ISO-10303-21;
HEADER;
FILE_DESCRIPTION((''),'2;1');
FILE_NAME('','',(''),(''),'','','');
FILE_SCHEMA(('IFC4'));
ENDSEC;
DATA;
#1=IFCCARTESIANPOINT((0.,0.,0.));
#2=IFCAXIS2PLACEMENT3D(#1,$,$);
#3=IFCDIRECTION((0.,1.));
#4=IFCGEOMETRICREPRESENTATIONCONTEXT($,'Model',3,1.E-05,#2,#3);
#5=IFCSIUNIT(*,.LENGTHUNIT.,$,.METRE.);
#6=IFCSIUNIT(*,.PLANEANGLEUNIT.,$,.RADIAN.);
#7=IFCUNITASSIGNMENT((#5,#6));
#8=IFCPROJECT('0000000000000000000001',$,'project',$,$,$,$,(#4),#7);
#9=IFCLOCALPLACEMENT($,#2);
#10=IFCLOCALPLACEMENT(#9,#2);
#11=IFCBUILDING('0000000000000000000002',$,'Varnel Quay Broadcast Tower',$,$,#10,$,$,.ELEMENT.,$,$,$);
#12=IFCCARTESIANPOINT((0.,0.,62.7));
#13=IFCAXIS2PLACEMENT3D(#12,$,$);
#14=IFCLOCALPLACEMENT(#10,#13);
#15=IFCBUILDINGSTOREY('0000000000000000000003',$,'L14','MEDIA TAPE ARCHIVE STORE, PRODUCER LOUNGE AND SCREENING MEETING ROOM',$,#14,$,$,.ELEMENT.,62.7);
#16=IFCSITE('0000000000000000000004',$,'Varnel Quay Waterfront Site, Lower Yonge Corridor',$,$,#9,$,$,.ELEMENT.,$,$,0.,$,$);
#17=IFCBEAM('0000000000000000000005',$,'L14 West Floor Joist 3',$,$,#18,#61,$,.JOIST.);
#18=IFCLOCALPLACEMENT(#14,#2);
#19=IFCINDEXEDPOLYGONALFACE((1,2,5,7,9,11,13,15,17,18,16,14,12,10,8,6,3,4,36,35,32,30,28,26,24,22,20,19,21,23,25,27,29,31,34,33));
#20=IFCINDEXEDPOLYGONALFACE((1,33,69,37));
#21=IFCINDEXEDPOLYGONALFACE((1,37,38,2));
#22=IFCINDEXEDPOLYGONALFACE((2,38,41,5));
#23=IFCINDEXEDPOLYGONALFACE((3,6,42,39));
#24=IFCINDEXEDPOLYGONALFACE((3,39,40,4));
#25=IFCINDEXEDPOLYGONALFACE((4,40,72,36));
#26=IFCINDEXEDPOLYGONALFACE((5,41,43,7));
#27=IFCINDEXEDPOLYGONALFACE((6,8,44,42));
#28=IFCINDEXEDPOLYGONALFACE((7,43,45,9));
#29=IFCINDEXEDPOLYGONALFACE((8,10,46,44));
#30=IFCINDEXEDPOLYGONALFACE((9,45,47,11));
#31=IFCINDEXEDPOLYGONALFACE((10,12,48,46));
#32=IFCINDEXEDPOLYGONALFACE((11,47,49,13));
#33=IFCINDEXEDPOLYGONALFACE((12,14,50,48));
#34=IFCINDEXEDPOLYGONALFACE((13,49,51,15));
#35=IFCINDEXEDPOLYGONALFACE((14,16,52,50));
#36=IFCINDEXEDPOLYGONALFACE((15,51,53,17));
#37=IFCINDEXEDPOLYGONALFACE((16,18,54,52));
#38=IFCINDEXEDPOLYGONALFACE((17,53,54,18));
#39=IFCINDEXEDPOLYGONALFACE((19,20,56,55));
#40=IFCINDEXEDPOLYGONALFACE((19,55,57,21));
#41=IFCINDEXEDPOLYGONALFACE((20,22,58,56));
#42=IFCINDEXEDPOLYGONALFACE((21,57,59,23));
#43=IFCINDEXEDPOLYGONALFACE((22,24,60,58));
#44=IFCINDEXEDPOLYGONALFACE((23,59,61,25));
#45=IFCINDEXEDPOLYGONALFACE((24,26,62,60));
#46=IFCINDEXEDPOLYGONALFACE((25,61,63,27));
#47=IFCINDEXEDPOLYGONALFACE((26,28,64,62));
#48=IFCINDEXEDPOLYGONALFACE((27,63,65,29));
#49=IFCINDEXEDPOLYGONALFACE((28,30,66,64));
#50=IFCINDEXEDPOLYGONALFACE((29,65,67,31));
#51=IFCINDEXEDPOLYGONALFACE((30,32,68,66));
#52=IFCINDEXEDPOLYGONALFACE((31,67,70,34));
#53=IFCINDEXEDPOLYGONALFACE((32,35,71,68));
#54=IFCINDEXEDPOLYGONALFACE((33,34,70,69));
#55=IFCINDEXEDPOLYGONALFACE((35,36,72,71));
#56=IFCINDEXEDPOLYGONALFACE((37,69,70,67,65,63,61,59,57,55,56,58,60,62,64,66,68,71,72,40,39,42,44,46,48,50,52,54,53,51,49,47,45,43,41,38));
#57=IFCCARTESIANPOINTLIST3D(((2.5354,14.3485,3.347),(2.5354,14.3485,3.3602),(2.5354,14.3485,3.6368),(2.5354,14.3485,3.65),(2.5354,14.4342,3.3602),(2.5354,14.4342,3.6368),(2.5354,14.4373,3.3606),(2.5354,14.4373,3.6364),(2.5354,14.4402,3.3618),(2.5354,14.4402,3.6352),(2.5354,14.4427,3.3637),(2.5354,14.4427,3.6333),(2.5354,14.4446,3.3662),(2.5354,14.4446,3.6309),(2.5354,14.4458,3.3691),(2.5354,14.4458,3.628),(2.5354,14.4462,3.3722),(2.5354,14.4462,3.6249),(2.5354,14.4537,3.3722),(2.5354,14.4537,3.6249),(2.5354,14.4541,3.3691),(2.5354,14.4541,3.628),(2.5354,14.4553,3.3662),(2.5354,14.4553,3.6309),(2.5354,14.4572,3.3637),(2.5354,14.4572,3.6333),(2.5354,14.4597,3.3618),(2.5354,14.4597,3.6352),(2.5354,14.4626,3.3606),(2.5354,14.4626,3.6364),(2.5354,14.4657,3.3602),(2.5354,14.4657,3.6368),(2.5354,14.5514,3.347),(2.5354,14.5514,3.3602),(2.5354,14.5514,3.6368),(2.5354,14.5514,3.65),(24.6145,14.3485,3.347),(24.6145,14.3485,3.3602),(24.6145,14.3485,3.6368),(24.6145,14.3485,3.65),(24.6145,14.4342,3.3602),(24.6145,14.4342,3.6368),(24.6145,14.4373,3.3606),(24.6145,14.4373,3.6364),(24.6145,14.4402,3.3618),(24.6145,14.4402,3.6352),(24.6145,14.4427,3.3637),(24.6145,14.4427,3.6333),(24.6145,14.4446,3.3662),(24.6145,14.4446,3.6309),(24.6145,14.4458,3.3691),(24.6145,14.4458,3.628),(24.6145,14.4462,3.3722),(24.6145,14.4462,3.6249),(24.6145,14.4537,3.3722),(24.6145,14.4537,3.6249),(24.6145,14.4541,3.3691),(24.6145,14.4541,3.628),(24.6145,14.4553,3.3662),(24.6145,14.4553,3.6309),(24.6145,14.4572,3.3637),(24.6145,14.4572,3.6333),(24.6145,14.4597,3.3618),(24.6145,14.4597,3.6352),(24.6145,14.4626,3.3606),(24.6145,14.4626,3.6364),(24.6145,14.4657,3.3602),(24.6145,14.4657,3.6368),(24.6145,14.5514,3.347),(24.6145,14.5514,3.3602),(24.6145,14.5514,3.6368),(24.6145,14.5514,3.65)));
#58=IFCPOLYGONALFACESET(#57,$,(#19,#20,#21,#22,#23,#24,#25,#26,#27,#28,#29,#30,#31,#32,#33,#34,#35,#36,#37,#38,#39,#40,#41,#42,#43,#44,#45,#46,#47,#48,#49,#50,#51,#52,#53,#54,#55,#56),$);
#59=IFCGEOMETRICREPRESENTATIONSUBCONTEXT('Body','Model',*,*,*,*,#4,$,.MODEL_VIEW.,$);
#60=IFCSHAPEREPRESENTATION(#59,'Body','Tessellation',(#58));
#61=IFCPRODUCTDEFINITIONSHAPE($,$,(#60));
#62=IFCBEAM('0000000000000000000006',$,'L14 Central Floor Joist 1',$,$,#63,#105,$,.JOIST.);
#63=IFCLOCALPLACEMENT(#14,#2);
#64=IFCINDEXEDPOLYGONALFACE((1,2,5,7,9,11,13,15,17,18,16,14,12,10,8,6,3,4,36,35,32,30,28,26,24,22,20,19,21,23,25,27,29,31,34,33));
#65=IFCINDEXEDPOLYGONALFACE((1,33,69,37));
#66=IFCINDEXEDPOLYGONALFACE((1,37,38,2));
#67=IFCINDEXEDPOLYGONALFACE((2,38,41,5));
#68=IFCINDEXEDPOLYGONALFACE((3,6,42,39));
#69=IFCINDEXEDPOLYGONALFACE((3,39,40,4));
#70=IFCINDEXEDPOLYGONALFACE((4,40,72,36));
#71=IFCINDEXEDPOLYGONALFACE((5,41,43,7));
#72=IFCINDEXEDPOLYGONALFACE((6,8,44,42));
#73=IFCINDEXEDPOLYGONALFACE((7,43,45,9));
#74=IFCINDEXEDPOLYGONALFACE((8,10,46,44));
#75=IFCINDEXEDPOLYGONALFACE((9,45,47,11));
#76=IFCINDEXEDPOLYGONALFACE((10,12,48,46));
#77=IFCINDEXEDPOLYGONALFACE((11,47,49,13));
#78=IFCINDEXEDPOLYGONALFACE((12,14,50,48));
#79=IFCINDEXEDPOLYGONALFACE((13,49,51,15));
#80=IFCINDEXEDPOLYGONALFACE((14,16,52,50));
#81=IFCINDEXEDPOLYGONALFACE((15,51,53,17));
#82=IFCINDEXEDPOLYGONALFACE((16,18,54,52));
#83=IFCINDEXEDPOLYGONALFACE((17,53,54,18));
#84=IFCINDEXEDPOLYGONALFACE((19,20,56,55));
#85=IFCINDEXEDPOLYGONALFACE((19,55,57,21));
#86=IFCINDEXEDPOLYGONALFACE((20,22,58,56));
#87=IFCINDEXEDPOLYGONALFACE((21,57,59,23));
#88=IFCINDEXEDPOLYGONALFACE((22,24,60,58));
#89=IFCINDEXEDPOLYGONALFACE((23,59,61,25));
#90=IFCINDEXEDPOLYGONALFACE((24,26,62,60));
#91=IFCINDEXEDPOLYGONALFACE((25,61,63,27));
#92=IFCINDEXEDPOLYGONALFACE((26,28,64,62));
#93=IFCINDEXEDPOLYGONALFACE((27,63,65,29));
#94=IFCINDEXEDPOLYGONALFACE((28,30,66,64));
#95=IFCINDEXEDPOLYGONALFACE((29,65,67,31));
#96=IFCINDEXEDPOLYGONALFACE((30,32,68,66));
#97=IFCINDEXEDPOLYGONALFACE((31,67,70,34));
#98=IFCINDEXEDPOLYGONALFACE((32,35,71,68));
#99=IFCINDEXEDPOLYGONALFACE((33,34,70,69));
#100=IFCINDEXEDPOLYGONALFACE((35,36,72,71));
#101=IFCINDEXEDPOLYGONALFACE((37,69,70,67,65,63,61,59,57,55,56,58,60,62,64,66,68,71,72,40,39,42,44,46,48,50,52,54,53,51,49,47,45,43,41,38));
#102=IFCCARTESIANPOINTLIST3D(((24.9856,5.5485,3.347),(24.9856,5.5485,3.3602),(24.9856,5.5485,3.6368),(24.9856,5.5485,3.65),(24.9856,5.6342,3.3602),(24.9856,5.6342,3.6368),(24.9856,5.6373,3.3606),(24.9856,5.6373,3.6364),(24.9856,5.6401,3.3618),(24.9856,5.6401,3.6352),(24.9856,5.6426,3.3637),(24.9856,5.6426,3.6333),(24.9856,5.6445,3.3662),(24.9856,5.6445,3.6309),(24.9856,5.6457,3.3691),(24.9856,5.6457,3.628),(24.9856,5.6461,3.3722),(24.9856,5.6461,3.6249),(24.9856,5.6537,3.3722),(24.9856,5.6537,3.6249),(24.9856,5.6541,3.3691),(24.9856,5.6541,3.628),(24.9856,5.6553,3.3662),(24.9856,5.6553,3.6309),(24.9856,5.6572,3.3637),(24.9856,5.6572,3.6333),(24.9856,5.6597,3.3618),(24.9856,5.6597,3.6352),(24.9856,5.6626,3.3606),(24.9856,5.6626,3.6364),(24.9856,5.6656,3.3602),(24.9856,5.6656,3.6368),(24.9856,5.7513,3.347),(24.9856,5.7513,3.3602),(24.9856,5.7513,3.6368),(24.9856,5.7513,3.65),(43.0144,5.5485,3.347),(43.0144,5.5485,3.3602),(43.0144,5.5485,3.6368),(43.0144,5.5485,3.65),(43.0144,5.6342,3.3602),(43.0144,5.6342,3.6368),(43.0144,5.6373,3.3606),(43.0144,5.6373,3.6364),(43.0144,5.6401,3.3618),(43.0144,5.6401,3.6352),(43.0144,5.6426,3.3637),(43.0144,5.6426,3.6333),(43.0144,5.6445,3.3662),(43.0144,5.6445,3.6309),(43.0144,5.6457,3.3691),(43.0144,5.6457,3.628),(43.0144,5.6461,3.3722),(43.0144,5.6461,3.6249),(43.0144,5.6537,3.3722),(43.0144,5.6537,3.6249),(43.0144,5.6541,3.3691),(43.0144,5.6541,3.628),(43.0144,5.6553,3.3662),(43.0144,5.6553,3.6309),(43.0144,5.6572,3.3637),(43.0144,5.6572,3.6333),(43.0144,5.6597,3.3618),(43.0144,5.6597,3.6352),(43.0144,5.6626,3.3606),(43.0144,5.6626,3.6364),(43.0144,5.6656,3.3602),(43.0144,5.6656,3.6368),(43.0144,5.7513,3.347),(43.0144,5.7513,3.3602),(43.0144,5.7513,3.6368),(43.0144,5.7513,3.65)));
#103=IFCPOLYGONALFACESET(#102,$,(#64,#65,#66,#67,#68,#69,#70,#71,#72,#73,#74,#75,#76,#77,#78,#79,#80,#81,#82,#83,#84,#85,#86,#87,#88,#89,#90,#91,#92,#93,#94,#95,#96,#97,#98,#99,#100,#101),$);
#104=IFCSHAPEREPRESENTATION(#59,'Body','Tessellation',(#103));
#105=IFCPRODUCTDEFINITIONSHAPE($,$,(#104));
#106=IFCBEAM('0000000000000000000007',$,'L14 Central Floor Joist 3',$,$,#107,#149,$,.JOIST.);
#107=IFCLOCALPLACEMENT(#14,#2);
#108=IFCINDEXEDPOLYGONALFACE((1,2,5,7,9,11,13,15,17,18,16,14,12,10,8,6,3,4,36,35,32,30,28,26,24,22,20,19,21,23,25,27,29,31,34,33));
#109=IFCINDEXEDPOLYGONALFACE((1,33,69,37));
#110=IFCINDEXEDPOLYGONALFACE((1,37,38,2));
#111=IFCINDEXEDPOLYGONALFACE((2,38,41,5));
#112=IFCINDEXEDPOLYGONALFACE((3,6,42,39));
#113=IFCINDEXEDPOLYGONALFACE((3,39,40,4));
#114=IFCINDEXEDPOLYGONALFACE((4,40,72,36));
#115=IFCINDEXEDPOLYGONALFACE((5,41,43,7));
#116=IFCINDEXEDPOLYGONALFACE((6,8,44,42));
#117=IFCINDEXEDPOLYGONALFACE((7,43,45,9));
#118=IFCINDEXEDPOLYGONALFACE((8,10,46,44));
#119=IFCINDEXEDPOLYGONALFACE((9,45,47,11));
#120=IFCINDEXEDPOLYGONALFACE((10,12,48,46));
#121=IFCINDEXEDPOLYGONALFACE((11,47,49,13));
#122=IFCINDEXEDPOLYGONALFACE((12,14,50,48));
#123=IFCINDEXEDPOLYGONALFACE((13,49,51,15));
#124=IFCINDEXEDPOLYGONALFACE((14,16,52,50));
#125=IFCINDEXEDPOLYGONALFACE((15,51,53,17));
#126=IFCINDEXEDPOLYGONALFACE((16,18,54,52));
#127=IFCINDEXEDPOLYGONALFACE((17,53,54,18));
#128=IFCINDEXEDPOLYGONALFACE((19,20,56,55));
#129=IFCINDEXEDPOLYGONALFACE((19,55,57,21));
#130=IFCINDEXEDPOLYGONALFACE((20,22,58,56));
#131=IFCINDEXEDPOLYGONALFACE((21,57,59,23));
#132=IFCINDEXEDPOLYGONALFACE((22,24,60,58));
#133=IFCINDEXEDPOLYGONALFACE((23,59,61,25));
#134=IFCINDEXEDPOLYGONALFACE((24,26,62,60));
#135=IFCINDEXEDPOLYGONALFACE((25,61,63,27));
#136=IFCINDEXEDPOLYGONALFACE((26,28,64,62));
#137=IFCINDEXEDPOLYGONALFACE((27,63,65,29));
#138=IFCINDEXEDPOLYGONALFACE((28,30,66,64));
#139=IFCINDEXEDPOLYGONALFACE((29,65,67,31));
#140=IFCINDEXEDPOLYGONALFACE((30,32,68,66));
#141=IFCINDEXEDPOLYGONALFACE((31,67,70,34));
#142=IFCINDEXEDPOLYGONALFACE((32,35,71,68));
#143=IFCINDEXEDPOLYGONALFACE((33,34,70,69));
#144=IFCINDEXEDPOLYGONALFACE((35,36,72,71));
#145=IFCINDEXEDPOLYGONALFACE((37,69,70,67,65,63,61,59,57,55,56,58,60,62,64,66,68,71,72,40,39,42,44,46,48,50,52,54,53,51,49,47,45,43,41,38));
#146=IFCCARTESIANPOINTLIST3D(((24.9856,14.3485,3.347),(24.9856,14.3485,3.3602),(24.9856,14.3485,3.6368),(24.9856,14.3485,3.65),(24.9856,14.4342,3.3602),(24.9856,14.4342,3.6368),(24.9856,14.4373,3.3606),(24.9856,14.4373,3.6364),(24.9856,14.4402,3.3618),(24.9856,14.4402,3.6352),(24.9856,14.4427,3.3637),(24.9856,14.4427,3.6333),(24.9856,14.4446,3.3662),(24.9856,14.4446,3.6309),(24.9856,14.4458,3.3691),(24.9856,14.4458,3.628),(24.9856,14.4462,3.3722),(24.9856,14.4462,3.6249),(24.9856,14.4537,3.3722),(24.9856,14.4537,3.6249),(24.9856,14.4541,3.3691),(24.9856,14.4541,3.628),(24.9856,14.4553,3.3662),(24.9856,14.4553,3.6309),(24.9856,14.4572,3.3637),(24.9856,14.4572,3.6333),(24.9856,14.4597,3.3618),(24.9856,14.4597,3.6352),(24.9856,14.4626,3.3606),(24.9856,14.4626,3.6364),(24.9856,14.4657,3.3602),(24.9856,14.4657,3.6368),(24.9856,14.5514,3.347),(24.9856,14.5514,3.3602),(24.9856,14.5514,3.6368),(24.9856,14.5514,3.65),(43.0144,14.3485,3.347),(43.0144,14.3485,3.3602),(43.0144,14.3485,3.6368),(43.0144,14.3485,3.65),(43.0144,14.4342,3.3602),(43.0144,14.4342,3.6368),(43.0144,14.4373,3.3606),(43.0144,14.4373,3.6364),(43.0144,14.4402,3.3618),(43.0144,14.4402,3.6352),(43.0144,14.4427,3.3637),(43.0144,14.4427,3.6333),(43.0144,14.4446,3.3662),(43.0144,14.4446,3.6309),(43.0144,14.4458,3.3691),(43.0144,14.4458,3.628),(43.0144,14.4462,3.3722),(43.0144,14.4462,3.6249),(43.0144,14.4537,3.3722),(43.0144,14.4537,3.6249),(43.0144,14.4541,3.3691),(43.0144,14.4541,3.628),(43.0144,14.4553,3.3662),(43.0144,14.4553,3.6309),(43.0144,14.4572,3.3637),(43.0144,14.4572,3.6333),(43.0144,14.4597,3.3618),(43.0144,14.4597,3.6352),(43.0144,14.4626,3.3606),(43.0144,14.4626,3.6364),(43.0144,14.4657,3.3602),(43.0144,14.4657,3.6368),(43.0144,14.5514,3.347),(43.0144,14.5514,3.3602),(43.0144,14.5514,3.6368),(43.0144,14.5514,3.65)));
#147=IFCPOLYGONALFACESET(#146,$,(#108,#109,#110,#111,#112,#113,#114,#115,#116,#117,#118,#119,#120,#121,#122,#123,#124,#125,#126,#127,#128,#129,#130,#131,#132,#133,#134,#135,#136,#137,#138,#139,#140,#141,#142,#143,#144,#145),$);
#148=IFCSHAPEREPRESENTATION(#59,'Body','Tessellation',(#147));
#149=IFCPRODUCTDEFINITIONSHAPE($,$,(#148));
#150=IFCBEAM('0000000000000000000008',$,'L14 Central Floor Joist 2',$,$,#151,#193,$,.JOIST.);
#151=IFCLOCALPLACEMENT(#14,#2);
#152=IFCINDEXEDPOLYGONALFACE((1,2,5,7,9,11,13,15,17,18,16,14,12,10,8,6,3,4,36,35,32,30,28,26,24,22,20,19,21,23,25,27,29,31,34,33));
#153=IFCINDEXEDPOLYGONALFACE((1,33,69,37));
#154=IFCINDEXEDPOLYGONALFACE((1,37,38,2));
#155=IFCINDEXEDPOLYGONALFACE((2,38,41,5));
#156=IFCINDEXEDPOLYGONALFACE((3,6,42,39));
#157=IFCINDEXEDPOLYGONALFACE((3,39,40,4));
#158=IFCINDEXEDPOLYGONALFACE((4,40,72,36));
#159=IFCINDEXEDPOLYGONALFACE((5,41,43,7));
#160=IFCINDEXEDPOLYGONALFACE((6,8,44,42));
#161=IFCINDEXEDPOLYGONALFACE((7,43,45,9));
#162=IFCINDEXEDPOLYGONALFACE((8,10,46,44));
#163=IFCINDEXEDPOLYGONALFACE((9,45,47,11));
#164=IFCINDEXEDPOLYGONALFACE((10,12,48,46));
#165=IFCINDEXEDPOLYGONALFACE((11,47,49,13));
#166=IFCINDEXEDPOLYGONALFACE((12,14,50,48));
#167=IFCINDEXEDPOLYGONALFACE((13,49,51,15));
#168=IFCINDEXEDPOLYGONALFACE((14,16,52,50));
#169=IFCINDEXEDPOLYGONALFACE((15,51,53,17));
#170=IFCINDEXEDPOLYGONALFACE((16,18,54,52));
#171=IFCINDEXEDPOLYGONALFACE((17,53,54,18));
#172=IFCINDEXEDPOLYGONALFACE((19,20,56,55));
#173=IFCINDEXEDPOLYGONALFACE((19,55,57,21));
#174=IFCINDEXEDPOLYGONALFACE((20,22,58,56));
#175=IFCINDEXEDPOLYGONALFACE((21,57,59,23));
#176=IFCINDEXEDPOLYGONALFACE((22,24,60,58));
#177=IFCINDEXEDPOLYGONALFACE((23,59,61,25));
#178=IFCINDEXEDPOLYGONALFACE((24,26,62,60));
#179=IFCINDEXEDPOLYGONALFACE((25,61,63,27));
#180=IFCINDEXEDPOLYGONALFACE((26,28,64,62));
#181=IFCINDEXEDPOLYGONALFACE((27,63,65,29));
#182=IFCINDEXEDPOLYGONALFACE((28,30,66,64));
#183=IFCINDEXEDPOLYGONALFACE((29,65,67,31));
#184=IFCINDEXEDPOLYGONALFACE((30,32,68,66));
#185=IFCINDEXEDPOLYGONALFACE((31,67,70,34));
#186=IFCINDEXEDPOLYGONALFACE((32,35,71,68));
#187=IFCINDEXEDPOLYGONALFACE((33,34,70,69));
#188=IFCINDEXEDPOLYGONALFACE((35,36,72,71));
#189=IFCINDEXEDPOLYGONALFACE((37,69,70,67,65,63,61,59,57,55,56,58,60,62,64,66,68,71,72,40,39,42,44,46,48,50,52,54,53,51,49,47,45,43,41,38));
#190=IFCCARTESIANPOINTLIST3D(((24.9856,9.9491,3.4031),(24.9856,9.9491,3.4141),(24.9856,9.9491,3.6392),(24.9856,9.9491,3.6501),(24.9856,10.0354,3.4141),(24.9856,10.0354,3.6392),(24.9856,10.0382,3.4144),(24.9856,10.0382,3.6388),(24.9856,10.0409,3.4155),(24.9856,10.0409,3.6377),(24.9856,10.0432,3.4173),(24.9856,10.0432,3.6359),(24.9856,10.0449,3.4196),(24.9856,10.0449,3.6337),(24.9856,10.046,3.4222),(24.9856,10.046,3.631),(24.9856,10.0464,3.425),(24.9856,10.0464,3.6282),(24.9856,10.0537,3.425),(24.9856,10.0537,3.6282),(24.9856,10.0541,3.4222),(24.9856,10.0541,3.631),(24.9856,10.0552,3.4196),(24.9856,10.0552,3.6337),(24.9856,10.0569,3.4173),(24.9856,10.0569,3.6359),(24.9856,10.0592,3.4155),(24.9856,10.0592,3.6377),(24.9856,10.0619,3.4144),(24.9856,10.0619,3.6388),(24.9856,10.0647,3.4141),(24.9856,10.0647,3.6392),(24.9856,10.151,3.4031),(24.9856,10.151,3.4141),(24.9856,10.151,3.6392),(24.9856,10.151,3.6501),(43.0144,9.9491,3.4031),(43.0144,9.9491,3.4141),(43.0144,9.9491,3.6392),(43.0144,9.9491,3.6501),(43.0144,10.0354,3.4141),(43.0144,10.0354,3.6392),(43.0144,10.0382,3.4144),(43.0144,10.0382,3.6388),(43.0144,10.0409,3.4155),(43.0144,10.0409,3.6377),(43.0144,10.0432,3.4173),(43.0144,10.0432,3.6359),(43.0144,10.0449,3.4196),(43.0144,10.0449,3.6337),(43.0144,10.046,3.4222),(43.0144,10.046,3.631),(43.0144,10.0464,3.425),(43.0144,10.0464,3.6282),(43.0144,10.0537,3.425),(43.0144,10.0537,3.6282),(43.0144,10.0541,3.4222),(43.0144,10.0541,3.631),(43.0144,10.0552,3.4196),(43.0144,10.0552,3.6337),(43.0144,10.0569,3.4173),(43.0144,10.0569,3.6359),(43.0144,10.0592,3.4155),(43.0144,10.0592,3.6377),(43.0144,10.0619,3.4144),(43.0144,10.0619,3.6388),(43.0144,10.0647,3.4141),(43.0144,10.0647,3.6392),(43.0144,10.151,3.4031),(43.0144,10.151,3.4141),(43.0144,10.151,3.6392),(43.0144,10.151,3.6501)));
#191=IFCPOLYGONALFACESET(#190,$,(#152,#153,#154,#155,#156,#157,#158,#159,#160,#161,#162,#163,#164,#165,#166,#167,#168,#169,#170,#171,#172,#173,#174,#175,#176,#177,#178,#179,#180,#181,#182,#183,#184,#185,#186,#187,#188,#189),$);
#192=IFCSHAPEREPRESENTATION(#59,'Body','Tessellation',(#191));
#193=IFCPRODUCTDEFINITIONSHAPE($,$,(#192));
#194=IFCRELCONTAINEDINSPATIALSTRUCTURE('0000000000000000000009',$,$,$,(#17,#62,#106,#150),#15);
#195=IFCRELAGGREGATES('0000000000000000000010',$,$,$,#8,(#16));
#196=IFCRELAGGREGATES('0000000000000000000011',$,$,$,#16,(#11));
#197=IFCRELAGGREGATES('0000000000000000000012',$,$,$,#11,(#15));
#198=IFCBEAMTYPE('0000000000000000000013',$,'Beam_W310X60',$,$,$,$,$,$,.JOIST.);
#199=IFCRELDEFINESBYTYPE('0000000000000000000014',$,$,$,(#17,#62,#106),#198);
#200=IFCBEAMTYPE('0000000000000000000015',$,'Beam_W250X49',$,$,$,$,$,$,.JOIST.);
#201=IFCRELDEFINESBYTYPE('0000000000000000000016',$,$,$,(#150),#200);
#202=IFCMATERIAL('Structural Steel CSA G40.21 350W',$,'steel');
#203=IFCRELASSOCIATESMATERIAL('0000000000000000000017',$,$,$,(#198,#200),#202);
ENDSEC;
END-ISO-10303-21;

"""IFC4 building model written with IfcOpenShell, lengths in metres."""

from ifc_helpers import new_model, si_unit, direction, frame, origin, origin_2d, place, context, subcontext, project, spatial, i_section, extrude, source, transform, mapped, material, material_profile, profile_set, type_object, type_shapes, element, save


model = new_model("IFC4")

# Units and contexts
model_context = context("Model", 3, precision=1e-05, world=origin(), true_north=direction((0.0, 1.0)))
body_context = subcontext(model_context, "Body", "Model", "MODEL_VIEW")
ifc_project = project(units=[si_unit("LENGTHUNIT", "METRE"), si_unit("PLANEANGLEUNIT", "RADIAN")], contexts=[model_context])

# Site, building, storey
site_placement = place(None, origin())
site = spatial("IfcSite", under=ifc_project, at=site_placement, Name="Varnel Quay Waterfront Site, Lower Yonge Corridor", CompositionType="ELEMENT", RefElevation=0.0)
building_placement = place(site_placement, origin())
building = spatial("IfcBuilding", under=site, at=building_placement, Name="Varnel Quay Broadcast Tower", CompositionType="ELEMENT")
storey_placement = place(building_placement, frame((0.0, 0.0, 62.7)))
storey = spatial("IfcBuildingStorey", under=building, at=storey_placement, Name="L14", Description="MEDIA TAPE ARCHIVE STORE, PRODUCER LOUNGE AND SCREENING MEETING ROOM", CompositionType="ELEMENT", Elevation=62.7)

# Shared definitions
ifc_material_1 = material(Name="Structural Steel CSA G40.21 350W", Category="steel")

# Beams
ifc_material_profile_1 = material_profile(ifc_material_1, i_section(OverallWidth=0.2029, OverallDepth=0.303, WebThickness=0.0076, FlangeThickness=0.0132, FilletRadius=0.012, at=origin_2d()), Name="W310X60")
ifc_profile_set_1 = profile_set([ifc_material_profile_1], Name="Structural Steel CSA G40.21 350W")
beam_type_1 = type_object("IfcBeamType", Name="Beam_W310X60", PredefinedType="JOIST", material=ifc_profile_set_1)
shared_shape_1 = source(origin(), body_context, "Body", "SweptSolid", [
    extrude(i_section(OverallWidth=0.2029, OverallDepth=0.303, WebThickness=0.0076, FlangeThickness=0.0132, FilletRadius=0.012, at=origin_2d()), origin(), (0.0, 0.0, 1.0), 22.0791),
])
beam_1_placement = place(storey_placement, frame((2.5354, 14.45, 3.4985), z_axis=(1.0, 0.0, 0.0), x_axis=(0.0, 1.0, 0.0)))
element("IfcBeam", 1, at=beam_1_placement, inside=storey, type_object=beam_type_1, Name="L14 West Floor Joist 3", PredefinedType="JOIST", context=body_context, shape_type="MappedRepresentation", body=[
    mapped(shared_shape_1, transform((0.0, 0.0, 0.0), x_axis=(1.0, 0.0, 0.0), y_axis=(0.0, 1.0, 0.0), z_axis=(0.0, 0.0, 1.0), scale=1.0)),
])
shared_shape_2 = source(origin(), body_context, "Body", "SweptSolid", [
    extrude(i_section(OverallWidth=0.2029, OverallDepth=0.303, WebThickness=0.0076, FlangeThickness=0.0132, FilletRadius=0.012, at=origin_2d()), origin(), (0.0, 0.0, 1.0), 18.0288),
])
type_shapes(beam_type_1, [shared_shape_1, shared_shape_2])
for number, where, z_axis, x_axis, name in (
    (2, (24.9856, 5.6499, 3.4985), (1.0, 0.0, 0.0), (0.0, 1.0, 0.0), "L14 Central Floor Joist 1"),
    (3, (24.9856, 14.45, 3.4985), (1.0, 0.0, 0.0), (0.0, 1.0, 0.0), "L14 Central Floor Joist 3"),
):
    element("IfcBeam", number, at=place(storey_placement, frame(where, z_axis=z_axis, x_axis=x_axis)), inside=storey, type_object=beam_type_1, Name=name, PredefinedType="JOIST", context=body_context, shape_type="MappedRepresentation", body=[
        mapped(shared_shape_2, transform((0.0, 0.0, 0.0), x_axis=(1.0, 0.0, 0.0), y_axis=(0.0, 1.0, 0.0), z_axis=(0.0, 0.0, 1.0), scale=1.0)),
    ])
ifc_material_profile_2 = material_profile(ifc_material_1, i_section(OverallWidth=0.2019, OverallDepth=0.2471, WebThickness=0.0073, FlangeThickness=0.011, FilletRadius=0.011, at=origin_2d()), Name="W250X49")
ifc_profile_set_2 = profile_set([ifc_material_profile_2], Name="Structural Steel CSA G40.21 350W")
beam_type_2 = type_object("IfcBeamType", Name="Beam_W250X49", PredefinedType="JOIST", material=ifc_profile_set_2)
shared_shape_3 = source(origin(), body_context, "Body", "SweptSolid", [
    extrude(i_section(OverallWidth=0.2019, OverallDepth=0.2471, WebThickness=0.0073, FlangeThickness=0.011, FilletRadius=0.011, at=origin_2d()), origin(), (0.0, 0.0, 1.0), 18.0288),
])
type_shapes(beam_type_2, [shared_shape_3])
beam_2_placement = place(storey_placement, frame((24.9856, 10.05, 3.5266), z_axis=(1.0, 0.0, 0.0), x_axis=(0.0, 1.0, 0.0)))
element("IfcBeam", 4, at=beam_2_placement, inside=storey, type_object=beam_type_2, Name="L14 Central Floor Joist 2", PredefinedType="JOIST", context=body_context, shape_type="MappedRepresentation", body=[
    mapped(shared_shape_3, transform((0.0, 0.0, 0.0), x_axis=(1.0, 0.0, 0.0), y_axis=(0.0, 1.0, 0.0), z_axis=(0.0, 0.0, 1.0), scale=1.0)),
])

save(model, "model.ifc")
